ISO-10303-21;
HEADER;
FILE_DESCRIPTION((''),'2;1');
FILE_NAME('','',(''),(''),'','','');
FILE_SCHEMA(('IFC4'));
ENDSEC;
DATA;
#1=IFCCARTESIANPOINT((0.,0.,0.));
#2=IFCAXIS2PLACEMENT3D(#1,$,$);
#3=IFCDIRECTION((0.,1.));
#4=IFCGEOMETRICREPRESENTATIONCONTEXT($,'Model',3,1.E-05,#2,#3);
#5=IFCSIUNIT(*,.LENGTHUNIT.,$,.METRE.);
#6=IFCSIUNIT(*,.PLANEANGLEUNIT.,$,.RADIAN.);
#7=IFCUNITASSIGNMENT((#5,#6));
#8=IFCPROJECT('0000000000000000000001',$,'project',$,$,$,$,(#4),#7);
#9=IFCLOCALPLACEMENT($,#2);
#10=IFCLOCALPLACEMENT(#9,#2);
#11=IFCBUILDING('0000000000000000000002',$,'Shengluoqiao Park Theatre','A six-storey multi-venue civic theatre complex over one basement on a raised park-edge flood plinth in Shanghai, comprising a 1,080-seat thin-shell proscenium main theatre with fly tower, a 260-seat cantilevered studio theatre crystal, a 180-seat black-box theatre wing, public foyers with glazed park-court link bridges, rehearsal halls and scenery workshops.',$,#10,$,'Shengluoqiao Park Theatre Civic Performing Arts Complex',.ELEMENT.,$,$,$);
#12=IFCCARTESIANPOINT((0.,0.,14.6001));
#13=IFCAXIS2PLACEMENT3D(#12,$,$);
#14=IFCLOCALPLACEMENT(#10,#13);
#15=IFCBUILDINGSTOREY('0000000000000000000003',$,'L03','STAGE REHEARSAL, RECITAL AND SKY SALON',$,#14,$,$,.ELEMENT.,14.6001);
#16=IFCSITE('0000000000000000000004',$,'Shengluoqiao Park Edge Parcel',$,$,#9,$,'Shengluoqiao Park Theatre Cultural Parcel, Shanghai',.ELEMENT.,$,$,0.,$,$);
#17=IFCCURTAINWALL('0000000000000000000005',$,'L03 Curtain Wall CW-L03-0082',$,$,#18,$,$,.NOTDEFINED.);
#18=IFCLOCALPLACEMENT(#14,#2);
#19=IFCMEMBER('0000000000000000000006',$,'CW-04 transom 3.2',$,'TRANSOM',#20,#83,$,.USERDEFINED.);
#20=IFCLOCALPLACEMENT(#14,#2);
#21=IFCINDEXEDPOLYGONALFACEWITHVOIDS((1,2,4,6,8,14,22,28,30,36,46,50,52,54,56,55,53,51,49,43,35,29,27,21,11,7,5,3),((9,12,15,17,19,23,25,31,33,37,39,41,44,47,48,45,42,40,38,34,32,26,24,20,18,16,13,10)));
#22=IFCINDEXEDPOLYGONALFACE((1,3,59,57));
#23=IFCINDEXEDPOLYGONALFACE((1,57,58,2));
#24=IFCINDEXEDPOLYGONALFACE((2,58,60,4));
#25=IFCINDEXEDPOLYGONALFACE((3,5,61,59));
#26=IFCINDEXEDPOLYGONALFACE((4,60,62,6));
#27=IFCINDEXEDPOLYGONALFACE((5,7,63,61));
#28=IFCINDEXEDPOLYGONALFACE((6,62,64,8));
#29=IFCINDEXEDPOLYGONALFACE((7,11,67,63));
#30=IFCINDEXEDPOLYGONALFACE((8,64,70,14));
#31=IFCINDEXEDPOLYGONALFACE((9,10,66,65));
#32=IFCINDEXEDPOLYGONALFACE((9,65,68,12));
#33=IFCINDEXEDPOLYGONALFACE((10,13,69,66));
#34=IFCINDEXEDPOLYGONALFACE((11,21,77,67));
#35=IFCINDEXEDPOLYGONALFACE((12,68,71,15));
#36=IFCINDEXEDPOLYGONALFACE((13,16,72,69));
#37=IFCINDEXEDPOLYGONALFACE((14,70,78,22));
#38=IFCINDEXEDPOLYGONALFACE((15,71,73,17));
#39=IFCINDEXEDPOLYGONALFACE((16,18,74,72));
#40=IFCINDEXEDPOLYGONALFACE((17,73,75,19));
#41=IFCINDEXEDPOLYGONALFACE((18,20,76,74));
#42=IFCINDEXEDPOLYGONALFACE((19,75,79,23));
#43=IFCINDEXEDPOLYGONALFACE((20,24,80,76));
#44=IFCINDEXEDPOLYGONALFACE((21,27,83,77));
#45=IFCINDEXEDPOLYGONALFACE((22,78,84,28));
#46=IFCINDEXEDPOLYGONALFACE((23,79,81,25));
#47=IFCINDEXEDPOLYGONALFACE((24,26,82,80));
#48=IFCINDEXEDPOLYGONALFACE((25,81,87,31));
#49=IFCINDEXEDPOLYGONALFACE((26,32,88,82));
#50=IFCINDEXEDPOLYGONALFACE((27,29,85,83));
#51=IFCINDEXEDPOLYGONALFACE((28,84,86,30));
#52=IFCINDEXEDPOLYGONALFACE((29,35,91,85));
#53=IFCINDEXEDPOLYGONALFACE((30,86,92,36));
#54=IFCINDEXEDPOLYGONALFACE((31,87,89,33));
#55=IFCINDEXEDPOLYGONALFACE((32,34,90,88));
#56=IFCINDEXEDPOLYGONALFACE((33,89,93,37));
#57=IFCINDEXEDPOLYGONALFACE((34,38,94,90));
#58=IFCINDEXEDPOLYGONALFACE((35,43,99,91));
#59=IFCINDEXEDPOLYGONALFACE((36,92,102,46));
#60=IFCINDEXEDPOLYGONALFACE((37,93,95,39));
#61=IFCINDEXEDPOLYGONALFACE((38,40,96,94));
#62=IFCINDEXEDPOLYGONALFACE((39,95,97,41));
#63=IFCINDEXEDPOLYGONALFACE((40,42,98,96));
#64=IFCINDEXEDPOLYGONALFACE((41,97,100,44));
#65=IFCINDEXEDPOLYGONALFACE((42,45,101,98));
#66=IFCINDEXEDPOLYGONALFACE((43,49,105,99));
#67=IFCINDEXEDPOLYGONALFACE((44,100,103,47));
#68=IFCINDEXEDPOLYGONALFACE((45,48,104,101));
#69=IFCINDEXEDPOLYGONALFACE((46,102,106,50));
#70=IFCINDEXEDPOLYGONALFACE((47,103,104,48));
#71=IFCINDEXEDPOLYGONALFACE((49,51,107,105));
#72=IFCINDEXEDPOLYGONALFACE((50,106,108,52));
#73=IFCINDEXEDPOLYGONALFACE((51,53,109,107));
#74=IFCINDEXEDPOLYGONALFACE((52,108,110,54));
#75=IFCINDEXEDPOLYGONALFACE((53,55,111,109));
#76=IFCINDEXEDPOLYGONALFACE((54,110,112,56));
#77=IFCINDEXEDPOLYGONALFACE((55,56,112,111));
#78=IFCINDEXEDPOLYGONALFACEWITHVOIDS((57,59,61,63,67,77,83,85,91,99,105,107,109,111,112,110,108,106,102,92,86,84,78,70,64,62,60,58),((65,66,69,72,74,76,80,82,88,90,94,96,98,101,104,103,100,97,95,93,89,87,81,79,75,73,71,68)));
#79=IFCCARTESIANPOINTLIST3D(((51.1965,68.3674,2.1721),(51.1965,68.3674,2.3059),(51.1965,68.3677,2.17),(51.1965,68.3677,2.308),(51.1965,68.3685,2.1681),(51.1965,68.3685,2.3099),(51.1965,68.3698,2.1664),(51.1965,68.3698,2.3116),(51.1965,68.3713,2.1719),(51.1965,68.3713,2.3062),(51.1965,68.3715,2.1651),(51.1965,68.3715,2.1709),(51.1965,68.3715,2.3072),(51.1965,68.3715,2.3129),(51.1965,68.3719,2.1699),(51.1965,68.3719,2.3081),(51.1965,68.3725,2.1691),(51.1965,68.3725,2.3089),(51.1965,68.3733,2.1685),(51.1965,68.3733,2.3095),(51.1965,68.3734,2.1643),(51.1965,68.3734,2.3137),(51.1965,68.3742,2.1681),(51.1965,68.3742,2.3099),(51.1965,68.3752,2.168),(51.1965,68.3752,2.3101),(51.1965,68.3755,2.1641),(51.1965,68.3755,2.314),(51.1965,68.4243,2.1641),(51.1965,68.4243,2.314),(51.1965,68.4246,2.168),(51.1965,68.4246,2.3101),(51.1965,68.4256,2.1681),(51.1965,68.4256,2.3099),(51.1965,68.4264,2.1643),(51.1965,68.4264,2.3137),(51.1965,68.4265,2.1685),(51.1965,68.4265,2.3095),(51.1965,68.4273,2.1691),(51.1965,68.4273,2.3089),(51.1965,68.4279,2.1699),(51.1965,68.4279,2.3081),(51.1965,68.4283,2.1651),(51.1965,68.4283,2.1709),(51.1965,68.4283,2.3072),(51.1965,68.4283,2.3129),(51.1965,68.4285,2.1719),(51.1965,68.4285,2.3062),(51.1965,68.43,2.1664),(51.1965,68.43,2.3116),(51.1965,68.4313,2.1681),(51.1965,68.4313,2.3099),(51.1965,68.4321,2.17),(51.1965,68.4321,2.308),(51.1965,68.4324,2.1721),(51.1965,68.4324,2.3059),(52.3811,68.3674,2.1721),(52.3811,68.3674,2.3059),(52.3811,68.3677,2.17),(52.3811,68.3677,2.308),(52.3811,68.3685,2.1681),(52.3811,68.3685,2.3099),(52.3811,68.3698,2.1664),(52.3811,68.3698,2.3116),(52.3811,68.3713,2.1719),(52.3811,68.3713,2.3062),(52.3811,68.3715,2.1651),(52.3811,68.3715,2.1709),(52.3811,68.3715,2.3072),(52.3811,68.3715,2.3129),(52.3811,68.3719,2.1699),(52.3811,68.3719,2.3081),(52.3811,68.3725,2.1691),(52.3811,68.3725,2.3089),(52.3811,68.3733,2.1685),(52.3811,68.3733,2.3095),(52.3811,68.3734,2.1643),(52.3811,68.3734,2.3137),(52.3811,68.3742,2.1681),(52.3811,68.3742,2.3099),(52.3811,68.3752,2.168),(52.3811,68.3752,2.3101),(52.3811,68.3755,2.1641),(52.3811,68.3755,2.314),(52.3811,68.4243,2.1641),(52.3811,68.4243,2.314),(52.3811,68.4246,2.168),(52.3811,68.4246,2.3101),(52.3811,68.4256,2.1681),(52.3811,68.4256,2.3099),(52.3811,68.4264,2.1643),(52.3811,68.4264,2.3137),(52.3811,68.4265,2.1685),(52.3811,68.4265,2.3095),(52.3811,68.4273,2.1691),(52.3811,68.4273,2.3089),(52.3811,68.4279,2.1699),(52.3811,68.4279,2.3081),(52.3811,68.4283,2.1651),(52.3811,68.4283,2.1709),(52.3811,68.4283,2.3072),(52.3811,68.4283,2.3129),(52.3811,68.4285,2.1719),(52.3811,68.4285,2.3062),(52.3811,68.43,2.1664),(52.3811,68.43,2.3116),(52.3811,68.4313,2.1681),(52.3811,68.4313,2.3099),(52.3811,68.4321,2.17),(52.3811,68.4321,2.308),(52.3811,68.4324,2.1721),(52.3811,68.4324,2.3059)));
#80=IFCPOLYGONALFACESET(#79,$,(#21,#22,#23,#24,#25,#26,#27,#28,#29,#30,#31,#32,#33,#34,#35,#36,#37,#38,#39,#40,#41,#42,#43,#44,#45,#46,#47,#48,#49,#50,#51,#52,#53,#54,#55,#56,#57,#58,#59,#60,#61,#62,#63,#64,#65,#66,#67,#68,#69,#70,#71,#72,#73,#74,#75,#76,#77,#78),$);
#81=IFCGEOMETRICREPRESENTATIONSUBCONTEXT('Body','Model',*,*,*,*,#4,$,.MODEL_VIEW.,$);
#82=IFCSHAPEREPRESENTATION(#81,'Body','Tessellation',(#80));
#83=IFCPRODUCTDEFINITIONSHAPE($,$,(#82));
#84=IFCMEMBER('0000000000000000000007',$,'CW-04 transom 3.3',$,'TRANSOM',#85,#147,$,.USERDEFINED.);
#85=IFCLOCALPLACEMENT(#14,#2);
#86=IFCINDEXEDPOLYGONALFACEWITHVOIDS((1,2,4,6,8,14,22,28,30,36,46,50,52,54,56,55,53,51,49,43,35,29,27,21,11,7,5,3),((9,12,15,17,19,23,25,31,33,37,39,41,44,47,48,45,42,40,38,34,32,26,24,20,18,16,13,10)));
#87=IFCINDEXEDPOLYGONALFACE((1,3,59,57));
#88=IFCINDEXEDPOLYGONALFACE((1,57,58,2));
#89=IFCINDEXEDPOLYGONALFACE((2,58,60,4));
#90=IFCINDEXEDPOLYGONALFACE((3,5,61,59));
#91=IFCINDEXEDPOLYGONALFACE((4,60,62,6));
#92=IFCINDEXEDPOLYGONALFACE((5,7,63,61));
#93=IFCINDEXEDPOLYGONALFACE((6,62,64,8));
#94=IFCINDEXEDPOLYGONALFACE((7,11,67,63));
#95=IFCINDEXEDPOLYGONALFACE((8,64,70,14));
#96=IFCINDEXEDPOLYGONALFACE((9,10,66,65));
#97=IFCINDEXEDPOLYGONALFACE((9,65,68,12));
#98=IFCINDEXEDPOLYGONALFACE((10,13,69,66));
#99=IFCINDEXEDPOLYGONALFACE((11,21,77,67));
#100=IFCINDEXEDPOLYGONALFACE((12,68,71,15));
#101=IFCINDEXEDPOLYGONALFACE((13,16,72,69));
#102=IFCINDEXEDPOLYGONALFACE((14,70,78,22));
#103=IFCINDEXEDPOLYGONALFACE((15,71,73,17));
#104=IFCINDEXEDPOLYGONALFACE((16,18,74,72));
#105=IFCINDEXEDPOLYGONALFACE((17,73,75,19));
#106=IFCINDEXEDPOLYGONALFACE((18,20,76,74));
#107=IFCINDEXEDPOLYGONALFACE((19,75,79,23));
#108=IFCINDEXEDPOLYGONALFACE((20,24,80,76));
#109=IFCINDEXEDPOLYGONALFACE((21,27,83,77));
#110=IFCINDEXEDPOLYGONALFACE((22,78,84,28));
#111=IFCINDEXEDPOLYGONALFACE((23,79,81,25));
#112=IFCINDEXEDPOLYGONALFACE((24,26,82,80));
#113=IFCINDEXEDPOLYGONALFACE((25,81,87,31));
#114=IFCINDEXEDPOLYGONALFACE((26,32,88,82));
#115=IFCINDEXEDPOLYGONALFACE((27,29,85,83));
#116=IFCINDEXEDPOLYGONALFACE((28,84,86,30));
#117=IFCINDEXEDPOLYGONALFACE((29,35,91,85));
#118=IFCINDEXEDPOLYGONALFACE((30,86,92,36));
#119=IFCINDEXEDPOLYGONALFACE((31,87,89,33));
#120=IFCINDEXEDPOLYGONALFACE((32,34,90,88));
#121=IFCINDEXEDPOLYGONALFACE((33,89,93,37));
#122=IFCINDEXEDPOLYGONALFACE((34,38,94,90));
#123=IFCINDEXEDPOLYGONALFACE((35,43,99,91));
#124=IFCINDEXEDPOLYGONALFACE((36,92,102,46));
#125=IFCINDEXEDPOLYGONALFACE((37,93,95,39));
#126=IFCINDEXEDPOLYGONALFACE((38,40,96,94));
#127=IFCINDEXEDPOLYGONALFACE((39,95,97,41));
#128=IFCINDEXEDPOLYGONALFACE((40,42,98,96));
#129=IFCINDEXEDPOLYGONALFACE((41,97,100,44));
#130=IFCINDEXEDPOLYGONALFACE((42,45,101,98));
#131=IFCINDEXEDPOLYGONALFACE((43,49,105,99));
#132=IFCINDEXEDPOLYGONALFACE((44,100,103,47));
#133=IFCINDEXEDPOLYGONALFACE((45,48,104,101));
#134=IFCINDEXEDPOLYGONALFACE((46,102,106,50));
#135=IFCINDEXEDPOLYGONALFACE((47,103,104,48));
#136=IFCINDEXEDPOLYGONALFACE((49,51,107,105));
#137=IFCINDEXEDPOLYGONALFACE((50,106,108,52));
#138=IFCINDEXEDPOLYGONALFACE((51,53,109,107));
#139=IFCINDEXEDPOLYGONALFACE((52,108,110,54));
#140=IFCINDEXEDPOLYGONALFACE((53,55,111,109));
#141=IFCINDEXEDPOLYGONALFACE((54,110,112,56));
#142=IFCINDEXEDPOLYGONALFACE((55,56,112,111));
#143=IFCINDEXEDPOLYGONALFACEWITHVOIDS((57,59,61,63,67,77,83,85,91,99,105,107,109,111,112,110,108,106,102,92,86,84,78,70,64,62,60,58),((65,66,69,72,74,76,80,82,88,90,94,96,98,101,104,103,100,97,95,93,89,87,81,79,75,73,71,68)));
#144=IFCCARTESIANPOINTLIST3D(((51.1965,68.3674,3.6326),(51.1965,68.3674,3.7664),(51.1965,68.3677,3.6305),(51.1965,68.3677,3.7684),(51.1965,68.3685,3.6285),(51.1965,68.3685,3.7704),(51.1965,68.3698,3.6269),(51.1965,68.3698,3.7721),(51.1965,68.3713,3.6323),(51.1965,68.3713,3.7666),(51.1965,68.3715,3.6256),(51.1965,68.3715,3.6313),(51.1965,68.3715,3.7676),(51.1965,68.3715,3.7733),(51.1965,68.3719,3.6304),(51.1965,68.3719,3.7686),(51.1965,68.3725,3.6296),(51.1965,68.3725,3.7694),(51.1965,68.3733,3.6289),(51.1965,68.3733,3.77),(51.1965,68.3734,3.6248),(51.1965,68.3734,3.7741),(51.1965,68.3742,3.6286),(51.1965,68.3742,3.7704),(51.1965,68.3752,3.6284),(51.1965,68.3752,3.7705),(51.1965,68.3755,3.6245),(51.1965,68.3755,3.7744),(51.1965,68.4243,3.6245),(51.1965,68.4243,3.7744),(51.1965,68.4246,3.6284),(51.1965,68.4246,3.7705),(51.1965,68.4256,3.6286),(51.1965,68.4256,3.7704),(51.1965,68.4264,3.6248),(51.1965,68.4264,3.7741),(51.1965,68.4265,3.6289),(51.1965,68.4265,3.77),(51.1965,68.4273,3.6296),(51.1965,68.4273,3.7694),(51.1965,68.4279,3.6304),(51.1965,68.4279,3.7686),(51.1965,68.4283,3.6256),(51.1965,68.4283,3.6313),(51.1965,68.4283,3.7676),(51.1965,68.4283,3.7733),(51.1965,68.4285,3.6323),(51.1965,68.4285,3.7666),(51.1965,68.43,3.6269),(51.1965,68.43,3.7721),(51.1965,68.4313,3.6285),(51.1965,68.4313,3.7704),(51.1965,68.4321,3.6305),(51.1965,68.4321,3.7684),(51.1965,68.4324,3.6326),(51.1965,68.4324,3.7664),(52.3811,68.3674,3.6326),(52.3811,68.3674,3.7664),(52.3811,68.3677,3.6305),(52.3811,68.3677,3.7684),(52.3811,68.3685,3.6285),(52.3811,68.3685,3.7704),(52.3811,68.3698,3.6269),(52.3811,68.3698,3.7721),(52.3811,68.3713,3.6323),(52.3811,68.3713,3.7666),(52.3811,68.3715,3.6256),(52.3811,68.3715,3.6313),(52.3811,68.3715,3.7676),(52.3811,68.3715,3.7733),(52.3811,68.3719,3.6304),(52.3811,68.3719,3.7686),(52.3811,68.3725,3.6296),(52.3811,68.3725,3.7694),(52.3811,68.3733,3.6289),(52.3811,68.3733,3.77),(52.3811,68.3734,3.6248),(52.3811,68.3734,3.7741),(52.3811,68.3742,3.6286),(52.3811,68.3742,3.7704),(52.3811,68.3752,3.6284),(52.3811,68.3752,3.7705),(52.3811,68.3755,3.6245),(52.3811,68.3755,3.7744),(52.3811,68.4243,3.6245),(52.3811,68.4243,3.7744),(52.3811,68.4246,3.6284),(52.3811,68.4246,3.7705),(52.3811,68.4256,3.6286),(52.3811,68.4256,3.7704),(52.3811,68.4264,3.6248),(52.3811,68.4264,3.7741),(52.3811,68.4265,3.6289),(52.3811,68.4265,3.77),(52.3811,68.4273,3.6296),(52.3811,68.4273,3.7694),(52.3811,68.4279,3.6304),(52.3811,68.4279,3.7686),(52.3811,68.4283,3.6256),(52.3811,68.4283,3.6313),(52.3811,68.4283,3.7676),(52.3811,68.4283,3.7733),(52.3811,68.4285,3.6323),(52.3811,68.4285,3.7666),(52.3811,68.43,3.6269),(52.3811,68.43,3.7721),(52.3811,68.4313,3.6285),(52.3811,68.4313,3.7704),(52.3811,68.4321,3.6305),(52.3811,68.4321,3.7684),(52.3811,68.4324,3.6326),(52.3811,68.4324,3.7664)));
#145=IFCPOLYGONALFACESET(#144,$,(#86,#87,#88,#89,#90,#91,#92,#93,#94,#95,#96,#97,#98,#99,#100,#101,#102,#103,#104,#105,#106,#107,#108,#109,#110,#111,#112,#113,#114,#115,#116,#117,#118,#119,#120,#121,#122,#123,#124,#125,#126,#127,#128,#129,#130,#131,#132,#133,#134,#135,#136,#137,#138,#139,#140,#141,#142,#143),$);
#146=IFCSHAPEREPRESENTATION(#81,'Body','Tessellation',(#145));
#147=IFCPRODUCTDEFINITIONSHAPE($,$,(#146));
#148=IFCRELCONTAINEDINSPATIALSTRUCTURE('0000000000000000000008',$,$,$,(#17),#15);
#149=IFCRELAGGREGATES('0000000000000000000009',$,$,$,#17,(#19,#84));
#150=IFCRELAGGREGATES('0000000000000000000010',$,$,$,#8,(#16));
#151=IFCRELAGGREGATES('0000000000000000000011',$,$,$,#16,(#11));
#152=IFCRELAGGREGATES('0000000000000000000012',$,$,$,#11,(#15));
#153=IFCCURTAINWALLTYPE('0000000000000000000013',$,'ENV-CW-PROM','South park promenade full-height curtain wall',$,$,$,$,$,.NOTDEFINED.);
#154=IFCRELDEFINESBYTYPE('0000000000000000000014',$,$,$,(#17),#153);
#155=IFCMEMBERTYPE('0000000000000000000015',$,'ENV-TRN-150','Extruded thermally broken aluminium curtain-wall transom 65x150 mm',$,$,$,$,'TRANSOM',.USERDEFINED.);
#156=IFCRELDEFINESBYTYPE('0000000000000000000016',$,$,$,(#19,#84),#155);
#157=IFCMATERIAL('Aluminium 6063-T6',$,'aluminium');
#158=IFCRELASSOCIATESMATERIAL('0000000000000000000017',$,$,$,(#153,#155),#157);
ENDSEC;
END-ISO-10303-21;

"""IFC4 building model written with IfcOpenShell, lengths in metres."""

from ifc_helpers import new_model, si_unit, direction, frame, origin, origin_2d, place, context, subcontext, project, spatial, hollow_rectangle, extrude, material, material_profile, profile_set, type_object, element, aggregate, save


model = new_model("IFC4")

# Units and contexts
model_context = context("Model", 3, precision=1e-05, world=origin(), true_north=direction((0.0, 1.0)))
body_context = subcontext(model_context, "Body", "Model", "MODEL_VIEW")
ifc_project = project(units=[si_unit("LENGTHUNIT", "METRE"), si_unit("PLANEANGLEUNIT", "RADIAN")], contexts=[model_context])

# Site, building, storey
site_placement = place(None, origin())
site = spatial("IfcSite", under=ifc_project, at=site_placement, Name="Shengluoqiao Park Edge Parcel", LongName="Shengluoqiao Park Theatre Cultural Parcel, Shanghai", CompositionType="ELEMENT", RefElevation=0.0)
building_placement = place(site_placement, origin())
building = spatial("IfcBuilding", under=site, at=building_placement, Name="Shengluoqiao Park Theatre", Description="A six-storey multi-venue civic theatre complex over one basement on a raised park-edge flood plinth in Shanghai, comprising a 1,080-seat thin-shell proscenium main theatre with fly tower, a 260-seat cantilevered studio theatre crystal, a 180-seat black-box theatre wing, public foyers with glazed park-court link bridges, rehearsal halls and scenery workshops.", LongName="Shengluoqiao Park Theatre Civic Performing Arts Complex", CompositionType="ELEMENT")
storey_placement = place(building_placement, frame((0.0, 0.0, 14.6001)))
storey = spatial("IfcBuildingStorey", under=building, at=storey_placement, Name="L03", Description="STAGE REHEARSAL, RECITAL AND SKY SALON", CompositionType="ELEMENT", Elevation=14.6001)

# Curtain wall
ifc_material_1 = material(Name="Aluminium 6063-T6", Category="aluminium")
curtain_wall_type = type_object("IfcCurtainWallType", Name="ENV-CW-PROM", Description="South park promenade full-height curtain wall", PredefinedType="NOTDEFINED", material=ifc_material_1)
curtain_wall_1_placement = place(storey_placement, origin())
curtain_wall_1 = element("IfcCurtainWall", 1, at=curtain_wall_1_placement, inside=storey, type_object=curtain_wall_type, Name="L03 Curtain Wall CW-L03-0082", PredefinedType="NOTDEFINED")

# Members
ifc_material_profile_1 = material_profile(ifc_material_1, hollow_rectangle(XDim=0.0649, YDim=0.1499, WallThickness=0.0039, InnerFilletRadius=0.0039, OuterFilletRadius=0.0081, at=origin_2d()), Name="ALU TRANSOM 150x65x4")
ifc_profile_set_1 = profile_set([ifc_material_profile_1], Name="Aluminium 6063-T6")
member_type_1 = type_object("IfcMemberType", Name="ENV-TRN-150", Description="Extruded thermally broken aluminium curtain-wall transom 65x150 mm", ElementType="TRANSOM", PredefinedType="USERDEFINED", material=ifc_profile_set_1)
member_1_placement = place(storey_placement, frame((51.1965, 68.3999, 2.239), z_axis=(1.0, 0.0, 0.0), x_axis=(0.0, 1.0, 0.0)))
member_1 = element("IfcMember", 2, at=member_1_placement, type_object=member_type_1, Name="CW-04 transom 3.2", ObjectType="TRANSOM", PredefinedType="USERDEFINED", context=body_context, shape_type="SweptSolid", body=[
    extrude(hollow_rectangle(XDim=0.0649, YDim=0.1499, WallThickness=0.0039, InnerFilletRadius=0.0039, OuterFilletRadius=0.0081, at=origin_2d()), origin(), (0.0, 0.0, 1.0), 1.1846),
])
member_2_placement = place(storey_placement, frame((51.1965, 68.3999, 3.6995), z_axis=(1.0, 0.0, 0.0), x_axis=(0.0, 1.0, 0.0)))
member_2 = element("IfcMember", 3, at=member_2_placement, type_object=member_type_1, Name="CW-04 transom 3.3", ObjectType="TRANSOM", PredefinedType="USERDEFINED", context=body_context, shape_type="SweptSolid", body=[
    extrude(hollow_rectangle(XDim=0.0649, YDim=0.1499, WallThickness=0.0039, InnerFilletRadius=0.0039, OuterFilletRadius=0.0081, at=origin_2d()), origin(), (0.0, 0.0, 1.0), 1.1846),
])

aggregate(curtain_wall_1, [member_1, member_2])

save(model, "model.ifc")
